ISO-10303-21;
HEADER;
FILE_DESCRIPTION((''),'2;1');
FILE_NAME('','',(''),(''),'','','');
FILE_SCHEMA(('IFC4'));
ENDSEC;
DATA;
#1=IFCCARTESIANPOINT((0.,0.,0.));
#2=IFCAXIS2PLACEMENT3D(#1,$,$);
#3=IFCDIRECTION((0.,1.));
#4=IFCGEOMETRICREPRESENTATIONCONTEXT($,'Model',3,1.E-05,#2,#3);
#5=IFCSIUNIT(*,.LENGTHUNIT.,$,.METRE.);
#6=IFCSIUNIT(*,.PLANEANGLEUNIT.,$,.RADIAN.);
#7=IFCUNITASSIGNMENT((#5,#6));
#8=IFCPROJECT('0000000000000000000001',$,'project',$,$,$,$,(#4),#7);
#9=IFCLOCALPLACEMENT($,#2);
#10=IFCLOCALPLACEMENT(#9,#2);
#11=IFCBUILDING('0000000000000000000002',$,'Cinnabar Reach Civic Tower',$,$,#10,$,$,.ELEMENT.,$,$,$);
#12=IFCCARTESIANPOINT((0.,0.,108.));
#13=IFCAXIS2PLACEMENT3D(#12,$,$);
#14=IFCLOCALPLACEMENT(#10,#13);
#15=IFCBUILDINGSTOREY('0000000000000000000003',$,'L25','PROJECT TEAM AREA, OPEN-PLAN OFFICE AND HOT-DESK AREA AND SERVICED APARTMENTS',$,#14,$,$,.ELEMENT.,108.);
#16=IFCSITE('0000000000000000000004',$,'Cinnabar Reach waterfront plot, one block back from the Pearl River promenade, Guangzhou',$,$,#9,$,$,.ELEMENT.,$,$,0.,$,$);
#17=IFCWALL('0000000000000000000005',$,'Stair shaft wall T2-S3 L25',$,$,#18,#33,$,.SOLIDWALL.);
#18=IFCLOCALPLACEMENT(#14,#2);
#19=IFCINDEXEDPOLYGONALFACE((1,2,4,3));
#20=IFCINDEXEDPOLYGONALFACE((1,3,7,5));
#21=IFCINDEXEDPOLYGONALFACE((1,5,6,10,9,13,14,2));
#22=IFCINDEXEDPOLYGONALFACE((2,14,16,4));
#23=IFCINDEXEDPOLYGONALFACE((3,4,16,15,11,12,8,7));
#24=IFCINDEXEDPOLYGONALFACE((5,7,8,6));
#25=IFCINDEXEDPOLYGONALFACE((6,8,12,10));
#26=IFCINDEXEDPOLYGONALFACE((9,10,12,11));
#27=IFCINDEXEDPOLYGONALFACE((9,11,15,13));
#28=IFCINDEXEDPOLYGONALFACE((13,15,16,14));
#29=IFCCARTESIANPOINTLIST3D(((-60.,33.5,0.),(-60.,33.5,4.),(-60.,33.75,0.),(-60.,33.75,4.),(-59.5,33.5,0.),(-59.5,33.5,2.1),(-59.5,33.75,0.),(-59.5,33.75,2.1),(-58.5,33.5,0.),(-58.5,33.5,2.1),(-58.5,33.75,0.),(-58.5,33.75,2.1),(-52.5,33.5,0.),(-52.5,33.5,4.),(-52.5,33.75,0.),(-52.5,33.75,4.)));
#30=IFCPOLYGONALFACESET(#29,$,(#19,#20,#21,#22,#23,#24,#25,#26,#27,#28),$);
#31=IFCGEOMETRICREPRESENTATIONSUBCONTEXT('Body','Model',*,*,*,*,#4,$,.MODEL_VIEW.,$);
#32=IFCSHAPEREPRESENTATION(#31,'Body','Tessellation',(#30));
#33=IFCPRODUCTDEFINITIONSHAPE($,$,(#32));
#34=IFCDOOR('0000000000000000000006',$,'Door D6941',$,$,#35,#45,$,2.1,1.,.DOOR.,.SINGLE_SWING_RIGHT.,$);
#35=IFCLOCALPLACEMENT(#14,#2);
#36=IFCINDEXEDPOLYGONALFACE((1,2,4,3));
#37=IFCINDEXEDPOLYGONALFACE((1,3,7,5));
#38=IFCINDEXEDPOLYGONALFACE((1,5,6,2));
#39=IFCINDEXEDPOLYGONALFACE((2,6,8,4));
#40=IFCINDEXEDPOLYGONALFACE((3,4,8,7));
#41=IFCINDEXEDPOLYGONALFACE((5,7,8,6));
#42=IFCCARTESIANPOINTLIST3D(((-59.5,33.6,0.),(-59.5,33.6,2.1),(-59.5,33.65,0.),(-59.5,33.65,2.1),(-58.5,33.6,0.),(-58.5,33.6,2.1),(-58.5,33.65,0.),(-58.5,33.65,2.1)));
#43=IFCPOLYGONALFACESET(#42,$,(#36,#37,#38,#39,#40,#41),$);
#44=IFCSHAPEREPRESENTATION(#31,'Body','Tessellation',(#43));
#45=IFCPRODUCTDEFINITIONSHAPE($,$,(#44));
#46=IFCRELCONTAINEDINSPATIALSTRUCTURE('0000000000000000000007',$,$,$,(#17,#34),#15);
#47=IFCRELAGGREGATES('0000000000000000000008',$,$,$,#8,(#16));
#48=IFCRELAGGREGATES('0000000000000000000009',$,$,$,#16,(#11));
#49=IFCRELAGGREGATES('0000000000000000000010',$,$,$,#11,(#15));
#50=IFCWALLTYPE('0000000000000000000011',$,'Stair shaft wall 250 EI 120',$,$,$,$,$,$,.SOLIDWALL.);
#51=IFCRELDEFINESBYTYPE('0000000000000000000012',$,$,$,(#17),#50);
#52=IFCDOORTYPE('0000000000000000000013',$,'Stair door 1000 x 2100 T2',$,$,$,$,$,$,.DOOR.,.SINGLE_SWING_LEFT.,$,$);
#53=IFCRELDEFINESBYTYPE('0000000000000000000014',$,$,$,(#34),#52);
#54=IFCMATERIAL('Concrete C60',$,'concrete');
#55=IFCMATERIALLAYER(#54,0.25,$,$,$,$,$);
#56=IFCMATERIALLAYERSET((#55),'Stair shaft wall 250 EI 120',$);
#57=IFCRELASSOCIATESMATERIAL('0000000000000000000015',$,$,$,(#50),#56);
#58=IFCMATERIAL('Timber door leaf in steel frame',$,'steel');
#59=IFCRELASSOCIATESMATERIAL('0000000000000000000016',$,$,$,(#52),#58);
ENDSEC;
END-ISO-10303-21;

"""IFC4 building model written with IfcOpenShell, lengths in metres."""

from ifc_helpers import new_model, si_unit, direction, frame, frame_2d, origin, place, context, subcontext, project, spatial, rectangle, extrude, material, layer, layer_set, type_object, element, fill, save


model = new_model("IFC4")

# Units and contexts
model_context = context("Model", 3, precision=1e-05, world=origin(), true_north=direction((0.0, 1.0)))
body_context = subcontext(model_context, "Body", "Model", "MODEL_VIEW")
ifc_project = project(units=[si_unit("LENGTHUNIT", "METRE"), si_unit("PLANEANGLEUNIT", "RADIAN")], contexts=[model_context])

# Site, building, storey
site_placement = place(None, origin())
site = spatial("IfcSite", under=ifc_project, at=site_placement, Name="Cinnabar Reach waterfront plot, one block back from the Pearl River promenade, Guangzhou", CompositionType="ELEMENT", RefElevation=0.0)
building_placement = place(site_placement, origin())
building = spatial("IfcBuilding", under=site, at=building_placement, Name="Cinnabar Reach Civic Tower", CompositionType="ELEMENT")
storey_placement = place(building_placement, frame((0.0, 0.0, 108.0)))
storey = spatial("IfcBuildingStorey", under=building, at=storey_placement, Name="L25", Description="PROJECT TEAM AREA, OPEN-PLAN OFFICE AND HOT-DESK AREA AND SERVICED APARTMENTS", CompositionType="ELEMENT", Elevation=108.0)

# Shared definitions
ifc_material_1 = material(Name="Concrete C60", Category="concrete")

# Shared definitions
ifc_material_2 = material(Name="Timber door leaf in steel frame", Category="steel")

# Wall, opening, door
ifc_layer_1 = layer(ifc_material_1, 0.25)
ifc_layer_set_1 = layer_set([ifc_layer_1], Name="Stair shaft wall 250 EI 120")
wall_type_1 = type_object("IfcWallType", Name="Stair shaft wall 250 EI 120", PredefinedType="SOLIDWALL", material=ifc_layer_set_1)
wall_1_placement = place(storey_placement, frame((-52.5, 33.625, 0.0), z_axis=(0.0, 0.0, 1.0), x_axis=(-1.0, 0.0, 0.0)))
wall_1 = element("IfcWall", 1, at=wall_1_placement, inside=storey, type_object=wall_type_1, Name="Stair shaft wall T2-S3 L25", PredefinedType="SOLIDWALL", context=body_context, shape_type="SweptSolid", body=[
    extrude(rectangle(XDim=7.5, YDim=0.25, at=frame_2d((3.75, 0.0))), origin(), (0.0, 0.0, 1.0), 4.0),
])
opening_1_placement = place(wall_1_placement, frame((6.0, 0.0, 0.0)))
opening_1 = element("IfcOpeningElement", 2, at=opening_1_placement, cuts=wall_1, PredefinedType="OPENING", context=body_context, shape_type="SweptSolid", body=[
    extrude(rectangle(XDim=1.0, YDim=2.1, at=frame_2d((0.5, 1.05))), frame((0.0, 0.135, 0.0), z_axis=(0.0, -1.0, 0.0), x_axis=(1.0, 0.0, 0.0)), (0.0, 0.0, 1.0), 0.27),
])
door_type_1 = type_object("IfcDoorType", Name="Stair door 1000 x 2100 T2", OperationType="SINGLE_SWING_LEFT", PredefinedType="DOOR", material=ifc_material_2)
door_1_placement = place(opening_1_placement, origin())
door_1 = element("IfcDoor", 3, at=door_1_placement, inside=storey, type_object=door_type_1, Name="Door D6941", OperationType="SINGLE_SWING_RIGHT", OverallHeight=2.1, OverallWidth=1.0, PredefinedType="DOOR", context=body_context, shape_type="SweptSolid", body=[
    extrude(rectangle(XDim=1.0, YDim=2.1, at=frame_2d((0.5, 1.05))), frame((0.0, 0.025, 0.0), z_axis=(0.0, -1.0, 0.0), x_axis=(1.0, 0.0, 0.0)), (0.0, 0.0, 1.0), 0.05),
])
fill(opening_1, door_1)

save(model, "model.ifc")
